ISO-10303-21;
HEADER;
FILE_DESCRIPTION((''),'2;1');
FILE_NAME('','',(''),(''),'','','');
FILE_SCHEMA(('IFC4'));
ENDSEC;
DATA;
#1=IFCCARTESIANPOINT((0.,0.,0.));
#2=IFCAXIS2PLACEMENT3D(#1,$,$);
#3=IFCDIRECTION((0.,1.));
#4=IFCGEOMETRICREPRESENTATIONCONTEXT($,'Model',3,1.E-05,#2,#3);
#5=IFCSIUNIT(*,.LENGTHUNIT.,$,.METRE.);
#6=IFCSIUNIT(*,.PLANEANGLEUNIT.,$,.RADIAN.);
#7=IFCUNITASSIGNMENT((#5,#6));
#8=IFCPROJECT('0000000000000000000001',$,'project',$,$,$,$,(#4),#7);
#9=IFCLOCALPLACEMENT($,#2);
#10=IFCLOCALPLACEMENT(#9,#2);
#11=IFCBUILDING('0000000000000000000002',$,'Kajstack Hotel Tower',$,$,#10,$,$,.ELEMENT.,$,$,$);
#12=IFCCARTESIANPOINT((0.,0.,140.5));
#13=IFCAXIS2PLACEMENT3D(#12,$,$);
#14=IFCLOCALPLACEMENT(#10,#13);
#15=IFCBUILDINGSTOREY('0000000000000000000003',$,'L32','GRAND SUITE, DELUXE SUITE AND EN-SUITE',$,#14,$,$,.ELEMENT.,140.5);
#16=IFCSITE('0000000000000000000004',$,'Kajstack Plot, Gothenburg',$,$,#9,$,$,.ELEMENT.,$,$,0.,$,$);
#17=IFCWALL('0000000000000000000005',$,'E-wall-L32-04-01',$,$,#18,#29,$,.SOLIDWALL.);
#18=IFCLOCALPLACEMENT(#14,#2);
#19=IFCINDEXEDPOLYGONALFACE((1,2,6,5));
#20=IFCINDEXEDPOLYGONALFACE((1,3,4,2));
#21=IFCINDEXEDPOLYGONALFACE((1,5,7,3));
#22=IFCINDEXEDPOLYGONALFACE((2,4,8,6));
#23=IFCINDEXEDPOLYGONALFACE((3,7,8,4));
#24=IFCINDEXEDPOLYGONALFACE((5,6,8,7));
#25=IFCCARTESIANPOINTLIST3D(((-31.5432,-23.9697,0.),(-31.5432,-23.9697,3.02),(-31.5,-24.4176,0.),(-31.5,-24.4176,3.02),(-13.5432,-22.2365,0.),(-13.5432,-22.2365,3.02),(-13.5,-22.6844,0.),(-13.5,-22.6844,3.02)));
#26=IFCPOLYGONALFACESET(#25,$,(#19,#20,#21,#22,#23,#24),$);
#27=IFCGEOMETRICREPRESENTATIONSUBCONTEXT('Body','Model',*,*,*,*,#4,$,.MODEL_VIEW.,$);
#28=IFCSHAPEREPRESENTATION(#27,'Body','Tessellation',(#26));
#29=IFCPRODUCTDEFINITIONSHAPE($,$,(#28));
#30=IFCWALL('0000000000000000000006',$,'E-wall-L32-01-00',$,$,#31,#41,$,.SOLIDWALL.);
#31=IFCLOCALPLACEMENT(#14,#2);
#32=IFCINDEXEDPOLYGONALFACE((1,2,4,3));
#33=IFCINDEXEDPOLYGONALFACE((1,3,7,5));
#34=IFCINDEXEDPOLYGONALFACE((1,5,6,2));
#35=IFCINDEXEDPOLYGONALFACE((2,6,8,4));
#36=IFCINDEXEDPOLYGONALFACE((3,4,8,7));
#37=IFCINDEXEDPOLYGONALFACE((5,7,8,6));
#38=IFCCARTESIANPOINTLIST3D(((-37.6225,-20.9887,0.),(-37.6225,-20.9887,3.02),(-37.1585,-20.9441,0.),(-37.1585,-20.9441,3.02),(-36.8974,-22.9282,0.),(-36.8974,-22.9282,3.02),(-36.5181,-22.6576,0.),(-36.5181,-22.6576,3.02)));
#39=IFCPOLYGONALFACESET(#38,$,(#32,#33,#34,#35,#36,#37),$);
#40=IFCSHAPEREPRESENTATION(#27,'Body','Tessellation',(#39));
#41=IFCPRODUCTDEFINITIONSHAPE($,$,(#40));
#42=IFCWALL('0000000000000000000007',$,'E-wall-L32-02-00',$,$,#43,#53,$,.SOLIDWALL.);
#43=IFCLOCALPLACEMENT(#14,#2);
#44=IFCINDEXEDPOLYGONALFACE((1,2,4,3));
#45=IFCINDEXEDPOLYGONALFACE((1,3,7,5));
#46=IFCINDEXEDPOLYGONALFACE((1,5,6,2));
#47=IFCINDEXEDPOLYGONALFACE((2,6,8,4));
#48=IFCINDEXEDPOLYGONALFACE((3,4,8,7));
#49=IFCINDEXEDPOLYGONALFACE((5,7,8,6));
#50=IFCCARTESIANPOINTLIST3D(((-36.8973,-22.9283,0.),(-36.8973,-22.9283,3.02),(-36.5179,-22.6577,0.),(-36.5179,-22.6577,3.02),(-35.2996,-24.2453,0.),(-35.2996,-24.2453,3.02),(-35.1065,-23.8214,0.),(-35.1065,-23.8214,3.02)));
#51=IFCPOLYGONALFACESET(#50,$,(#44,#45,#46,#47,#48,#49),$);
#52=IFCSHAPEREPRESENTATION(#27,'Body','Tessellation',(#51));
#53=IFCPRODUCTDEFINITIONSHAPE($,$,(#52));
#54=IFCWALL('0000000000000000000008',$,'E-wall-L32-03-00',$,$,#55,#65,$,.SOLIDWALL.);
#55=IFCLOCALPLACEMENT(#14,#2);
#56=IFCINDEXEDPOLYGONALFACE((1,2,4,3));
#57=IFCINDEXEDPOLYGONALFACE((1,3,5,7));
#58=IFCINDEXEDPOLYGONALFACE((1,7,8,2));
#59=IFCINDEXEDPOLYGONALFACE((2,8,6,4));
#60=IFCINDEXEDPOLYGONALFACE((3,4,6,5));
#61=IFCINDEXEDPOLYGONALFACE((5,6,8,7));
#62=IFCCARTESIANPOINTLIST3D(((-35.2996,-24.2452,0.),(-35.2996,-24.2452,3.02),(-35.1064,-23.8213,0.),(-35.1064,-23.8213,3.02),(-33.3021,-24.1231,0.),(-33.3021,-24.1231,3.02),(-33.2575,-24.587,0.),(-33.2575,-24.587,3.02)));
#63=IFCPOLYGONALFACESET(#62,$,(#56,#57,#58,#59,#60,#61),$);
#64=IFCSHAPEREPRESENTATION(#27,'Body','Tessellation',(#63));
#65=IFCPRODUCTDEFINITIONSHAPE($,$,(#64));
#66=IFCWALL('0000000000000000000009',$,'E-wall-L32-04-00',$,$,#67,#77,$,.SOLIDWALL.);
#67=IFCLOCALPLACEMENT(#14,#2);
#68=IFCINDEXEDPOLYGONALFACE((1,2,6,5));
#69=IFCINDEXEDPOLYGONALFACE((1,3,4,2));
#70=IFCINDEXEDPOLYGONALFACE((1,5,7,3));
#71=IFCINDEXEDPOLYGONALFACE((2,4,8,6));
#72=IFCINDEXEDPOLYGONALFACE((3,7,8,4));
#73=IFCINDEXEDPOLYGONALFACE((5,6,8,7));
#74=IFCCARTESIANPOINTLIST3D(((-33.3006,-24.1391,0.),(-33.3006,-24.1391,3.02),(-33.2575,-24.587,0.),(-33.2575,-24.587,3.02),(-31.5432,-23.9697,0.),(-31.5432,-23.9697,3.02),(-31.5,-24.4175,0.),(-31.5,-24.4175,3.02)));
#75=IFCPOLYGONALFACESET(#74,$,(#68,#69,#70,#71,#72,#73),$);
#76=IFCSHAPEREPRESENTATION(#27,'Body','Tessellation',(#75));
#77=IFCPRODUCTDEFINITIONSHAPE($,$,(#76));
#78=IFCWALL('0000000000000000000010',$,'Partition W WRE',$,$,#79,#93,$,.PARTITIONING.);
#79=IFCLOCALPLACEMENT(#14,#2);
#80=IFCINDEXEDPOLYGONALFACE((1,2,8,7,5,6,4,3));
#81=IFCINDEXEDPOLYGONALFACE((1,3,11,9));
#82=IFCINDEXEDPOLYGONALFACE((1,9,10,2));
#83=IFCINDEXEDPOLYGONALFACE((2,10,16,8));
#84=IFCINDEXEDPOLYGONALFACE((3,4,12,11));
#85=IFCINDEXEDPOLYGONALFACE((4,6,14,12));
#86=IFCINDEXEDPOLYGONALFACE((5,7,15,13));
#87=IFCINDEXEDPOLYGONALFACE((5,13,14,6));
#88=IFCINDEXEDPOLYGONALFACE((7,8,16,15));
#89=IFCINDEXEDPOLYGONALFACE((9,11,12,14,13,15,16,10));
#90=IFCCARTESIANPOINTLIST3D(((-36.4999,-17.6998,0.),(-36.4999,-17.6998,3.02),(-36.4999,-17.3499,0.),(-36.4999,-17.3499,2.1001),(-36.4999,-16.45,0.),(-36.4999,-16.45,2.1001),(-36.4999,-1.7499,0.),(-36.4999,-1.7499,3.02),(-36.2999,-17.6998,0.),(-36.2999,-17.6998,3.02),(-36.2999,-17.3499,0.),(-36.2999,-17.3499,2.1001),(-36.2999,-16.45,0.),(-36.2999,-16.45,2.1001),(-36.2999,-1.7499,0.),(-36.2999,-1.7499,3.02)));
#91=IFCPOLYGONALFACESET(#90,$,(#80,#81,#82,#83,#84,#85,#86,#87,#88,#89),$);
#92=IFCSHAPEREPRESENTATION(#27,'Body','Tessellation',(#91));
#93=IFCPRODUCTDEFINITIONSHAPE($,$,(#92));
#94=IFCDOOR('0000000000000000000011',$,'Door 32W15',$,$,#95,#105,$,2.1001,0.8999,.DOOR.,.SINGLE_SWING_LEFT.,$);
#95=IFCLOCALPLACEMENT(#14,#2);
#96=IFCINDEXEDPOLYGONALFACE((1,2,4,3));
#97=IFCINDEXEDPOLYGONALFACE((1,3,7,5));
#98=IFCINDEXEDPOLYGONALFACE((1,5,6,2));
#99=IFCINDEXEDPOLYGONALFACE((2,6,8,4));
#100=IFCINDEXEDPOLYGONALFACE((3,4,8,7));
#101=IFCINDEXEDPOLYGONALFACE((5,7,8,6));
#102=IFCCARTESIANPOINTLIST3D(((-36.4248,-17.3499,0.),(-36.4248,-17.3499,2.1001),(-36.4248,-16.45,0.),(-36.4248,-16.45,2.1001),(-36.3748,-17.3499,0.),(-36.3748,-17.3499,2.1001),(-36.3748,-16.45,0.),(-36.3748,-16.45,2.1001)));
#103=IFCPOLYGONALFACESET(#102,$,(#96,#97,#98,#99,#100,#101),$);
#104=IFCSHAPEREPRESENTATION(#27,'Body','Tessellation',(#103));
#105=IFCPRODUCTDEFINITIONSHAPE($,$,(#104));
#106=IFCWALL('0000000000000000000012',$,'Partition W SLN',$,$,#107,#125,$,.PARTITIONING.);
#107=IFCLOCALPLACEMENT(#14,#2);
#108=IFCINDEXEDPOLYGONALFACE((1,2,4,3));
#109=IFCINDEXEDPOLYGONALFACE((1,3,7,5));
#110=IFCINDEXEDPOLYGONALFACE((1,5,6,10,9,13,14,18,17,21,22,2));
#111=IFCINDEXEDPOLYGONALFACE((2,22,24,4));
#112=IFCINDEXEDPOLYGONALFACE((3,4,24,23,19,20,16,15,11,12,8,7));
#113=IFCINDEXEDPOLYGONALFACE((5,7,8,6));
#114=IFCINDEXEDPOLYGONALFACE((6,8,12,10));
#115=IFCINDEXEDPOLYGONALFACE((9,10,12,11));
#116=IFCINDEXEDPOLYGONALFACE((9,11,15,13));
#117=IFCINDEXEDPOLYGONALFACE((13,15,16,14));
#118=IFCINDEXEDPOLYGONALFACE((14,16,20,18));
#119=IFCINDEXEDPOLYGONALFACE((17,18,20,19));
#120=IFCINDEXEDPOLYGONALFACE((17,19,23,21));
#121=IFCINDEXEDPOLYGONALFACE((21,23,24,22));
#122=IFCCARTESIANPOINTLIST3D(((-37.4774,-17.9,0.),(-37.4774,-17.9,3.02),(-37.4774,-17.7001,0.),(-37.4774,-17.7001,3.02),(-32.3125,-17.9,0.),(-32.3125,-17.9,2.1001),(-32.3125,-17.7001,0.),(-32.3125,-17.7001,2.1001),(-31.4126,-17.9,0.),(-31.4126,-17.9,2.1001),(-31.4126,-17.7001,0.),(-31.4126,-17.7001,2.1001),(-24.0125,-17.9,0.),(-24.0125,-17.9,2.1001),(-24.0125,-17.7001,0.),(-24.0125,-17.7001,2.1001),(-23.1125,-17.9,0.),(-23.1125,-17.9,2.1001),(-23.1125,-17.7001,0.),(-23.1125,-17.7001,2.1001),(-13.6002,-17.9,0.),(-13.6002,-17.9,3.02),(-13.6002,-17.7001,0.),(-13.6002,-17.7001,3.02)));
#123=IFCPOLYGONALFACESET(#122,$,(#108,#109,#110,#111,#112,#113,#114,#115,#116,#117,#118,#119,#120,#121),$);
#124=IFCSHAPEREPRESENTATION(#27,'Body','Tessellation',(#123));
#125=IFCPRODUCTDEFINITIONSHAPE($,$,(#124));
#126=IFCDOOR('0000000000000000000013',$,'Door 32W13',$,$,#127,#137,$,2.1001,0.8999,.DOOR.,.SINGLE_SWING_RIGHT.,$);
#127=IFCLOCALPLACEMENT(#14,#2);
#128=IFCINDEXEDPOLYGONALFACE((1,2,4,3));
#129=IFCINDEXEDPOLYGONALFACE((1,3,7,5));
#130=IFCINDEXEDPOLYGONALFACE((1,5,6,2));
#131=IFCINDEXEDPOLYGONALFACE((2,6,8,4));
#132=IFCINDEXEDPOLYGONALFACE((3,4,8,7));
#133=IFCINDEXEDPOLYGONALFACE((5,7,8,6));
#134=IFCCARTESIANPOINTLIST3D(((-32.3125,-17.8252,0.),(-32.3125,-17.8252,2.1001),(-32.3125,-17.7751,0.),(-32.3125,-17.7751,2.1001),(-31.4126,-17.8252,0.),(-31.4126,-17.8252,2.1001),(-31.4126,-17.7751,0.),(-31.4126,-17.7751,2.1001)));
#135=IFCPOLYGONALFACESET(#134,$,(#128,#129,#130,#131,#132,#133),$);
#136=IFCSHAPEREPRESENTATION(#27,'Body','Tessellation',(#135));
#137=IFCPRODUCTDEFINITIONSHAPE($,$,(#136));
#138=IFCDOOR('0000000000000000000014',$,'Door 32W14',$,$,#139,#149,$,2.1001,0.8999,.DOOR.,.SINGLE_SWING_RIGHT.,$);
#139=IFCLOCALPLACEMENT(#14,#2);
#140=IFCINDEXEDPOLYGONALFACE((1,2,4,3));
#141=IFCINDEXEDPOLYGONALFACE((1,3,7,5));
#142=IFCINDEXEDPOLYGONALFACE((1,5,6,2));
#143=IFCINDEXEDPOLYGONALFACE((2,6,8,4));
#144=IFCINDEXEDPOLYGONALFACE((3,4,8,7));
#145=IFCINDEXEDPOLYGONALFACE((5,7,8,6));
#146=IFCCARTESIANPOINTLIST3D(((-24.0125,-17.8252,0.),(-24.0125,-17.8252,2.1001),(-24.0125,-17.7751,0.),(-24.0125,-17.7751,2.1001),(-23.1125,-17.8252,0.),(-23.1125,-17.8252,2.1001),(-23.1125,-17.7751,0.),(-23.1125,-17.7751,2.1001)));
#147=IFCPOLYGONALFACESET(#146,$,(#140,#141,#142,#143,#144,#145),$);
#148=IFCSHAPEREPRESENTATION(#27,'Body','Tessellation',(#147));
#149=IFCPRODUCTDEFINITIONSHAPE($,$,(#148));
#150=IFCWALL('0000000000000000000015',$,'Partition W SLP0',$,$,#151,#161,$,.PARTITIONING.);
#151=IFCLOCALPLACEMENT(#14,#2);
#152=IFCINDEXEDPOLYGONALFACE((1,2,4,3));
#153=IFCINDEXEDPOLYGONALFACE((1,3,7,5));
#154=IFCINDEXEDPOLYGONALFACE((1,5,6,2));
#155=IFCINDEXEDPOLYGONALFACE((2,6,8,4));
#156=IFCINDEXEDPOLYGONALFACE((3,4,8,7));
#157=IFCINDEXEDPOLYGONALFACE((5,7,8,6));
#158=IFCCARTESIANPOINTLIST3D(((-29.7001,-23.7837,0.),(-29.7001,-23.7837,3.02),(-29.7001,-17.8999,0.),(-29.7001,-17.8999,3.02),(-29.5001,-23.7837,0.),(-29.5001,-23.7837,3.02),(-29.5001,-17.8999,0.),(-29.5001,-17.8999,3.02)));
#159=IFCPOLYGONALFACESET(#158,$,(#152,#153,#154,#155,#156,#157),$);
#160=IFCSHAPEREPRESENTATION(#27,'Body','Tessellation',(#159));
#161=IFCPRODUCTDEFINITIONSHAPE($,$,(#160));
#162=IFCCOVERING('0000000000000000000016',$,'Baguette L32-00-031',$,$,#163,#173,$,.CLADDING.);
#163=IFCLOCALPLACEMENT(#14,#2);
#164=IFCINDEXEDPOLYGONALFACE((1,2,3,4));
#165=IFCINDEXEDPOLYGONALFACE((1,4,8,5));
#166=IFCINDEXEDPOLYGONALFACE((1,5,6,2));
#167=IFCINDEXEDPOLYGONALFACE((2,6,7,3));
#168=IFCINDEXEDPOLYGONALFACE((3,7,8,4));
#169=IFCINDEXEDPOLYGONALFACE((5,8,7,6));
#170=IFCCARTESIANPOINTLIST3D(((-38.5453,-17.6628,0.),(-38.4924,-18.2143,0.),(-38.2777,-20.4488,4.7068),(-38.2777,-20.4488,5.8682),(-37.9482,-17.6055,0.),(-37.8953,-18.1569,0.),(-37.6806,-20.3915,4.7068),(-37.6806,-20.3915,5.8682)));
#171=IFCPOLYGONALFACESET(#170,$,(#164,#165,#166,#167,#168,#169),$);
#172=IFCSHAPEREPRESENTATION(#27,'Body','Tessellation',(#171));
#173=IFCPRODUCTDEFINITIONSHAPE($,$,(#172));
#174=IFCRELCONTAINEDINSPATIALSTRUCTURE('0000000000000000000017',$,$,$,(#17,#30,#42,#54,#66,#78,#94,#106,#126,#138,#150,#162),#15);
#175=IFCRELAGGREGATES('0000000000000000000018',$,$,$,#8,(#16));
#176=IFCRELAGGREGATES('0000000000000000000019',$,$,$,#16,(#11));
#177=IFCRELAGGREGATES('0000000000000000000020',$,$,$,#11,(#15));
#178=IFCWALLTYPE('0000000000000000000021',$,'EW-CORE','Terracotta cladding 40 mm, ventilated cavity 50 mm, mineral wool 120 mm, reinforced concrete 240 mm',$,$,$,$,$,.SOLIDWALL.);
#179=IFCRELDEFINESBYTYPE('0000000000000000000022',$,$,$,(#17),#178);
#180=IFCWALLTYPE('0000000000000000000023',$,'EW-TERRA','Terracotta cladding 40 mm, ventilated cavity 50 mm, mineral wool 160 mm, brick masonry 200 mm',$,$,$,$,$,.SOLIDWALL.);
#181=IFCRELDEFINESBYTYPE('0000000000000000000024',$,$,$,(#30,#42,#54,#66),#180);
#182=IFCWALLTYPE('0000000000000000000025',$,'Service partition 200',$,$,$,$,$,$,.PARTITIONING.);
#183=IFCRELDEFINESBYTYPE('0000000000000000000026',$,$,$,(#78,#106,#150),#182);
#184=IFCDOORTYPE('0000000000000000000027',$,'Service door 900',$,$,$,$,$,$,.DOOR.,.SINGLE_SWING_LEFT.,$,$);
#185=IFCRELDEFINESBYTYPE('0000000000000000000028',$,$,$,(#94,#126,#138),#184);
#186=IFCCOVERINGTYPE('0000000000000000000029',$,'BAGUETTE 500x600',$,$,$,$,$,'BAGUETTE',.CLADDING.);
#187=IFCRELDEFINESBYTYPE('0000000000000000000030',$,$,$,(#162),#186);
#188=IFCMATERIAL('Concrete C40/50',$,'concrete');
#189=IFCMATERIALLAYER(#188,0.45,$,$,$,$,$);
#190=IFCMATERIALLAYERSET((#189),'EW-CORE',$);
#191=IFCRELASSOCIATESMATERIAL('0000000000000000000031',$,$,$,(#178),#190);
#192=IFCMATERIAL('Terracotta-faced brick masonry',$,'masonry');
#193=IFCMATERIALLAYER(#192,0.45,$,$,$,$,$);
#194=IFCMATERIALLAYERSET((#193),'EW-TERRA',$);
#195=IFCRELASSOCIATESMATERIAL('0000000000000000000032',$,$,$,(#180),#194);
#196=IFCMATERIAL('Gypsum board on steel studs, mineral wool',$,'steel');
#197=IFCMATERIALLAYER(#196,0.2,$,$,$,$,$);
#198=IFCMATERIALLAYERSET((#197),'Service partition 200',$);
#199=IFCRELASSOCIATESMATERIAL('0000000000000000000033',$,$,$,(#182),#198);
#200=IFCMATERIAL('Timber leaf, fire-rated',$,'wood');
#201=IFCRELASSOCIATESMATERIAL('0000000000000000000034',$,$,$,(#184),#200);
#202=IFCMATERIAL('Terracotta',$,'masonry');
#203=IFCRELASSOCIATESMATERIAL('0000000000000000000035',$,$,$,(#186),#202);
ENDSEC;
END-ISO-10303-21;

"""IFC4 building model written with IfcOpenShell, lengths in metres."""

from ifc_helpers import new_model, si_unit, direction, frame, frame_2d, origin, origin_2d, place, context, subcontext, project, spatial, polyline, rectangle, outline, extrude, material, layer, layer_set, material_profile, profile_set, type_object, element, fill, save


model = new_model("IFC4")

# Units and contexts
model_context = context("Model", 3, precision=1e-05, world=origin(), true_north=direction((0.0, 1.0)))
body_context = subcontext(model_context, "Body", "Model", "MODEL_VIEW")
ifc_project = project(units=[si_unit("LENGTHUNIT", "METRE"), si_unit("PLANEANGLEUNIT", "RADIAN")], contexts=[model_context])

# Site, building, storey
site_placement = place(None, origin())
site = spatial("IfcSite", under=ifc_project, at=site_placement, Name="Kajstack Plot, Gothenburg", CompositionType="ELEMENT", RefElevation=0.0)
building_placement = place(site_placement, origin())
building = spatial("IfcBuilding", under=site, at=building_placement, Name="Kajstack Hotel Tower", CompositionType="ELEMENT")
storey_placement = place(building_placement, frame((0.0, 0.0, 140.5)))
storey = spatial("IfcBuildingStorey", under=building, at=storey_placement, Name="L32", Description="GRAND SUITE, DELUXE SUITE AND EN-SUITE", CompositionType="ELEMENT", Elevation=140.5)

# Walls
ifc_material_1 = material(Name="Concrete C40/50", Category="concrete")
ifc_layer_1 = layer(ifc_material_1, 0.45)
ifc_layer_set_1 = layer_set([ifc_layer_1], Name="EW-CORE")
wall_type_1 = type_object("IfcWallType", Name="EW-CORE", Description="Terracotta cladding 40 mm, ventilated cavity 50 mm, mineral wool 120 mm, reinforced concrete 240 mm", PredefinedType="SOLIDWALL", material=ifc_layer_set_1)
wall_1_placement = place(storey_placement, frame((-31.5215, -24.1936, 0.0), z_axis=(0.0, 0.0, 1.0), x_axis=(0.995396, 0.095843, 0.0)))
element("IfcWall", 1, at=wall_1_placement, inside=storey, type_object=wall_type_1, Name="E-wall-L32-04-01", PredefinedType="SOLIDWALL", context=body_context, shape_type="SweptSolid", body=[
    extrude(rectangle(XDim=18.0833, YDim=0.45, at=frame_2d((9.0415, 0.0))), origin(), (0.0, 0.0, 1.0), 3.02),
])
ifc_material_2 = material(Name="Terracotta-faced brick masonry", Category="masonry")
ifc_layer_2 = layer(ifc_material_2, 0.45)
ifc_layer_set_2 = layer_set([ifc_layer_2], Name="EW-TERRA")
wall_type_2 = type_object("IfcWallType", Name="EW-TERRA", Description="Terracotta cladding 40 mm, ventilated cavity 50 mm, mineral wool 160 mm, brick masonry 200 mm", PredefinedType="SOLIDWALL", material=ifc_layer_set_2)
for number, where, z_axis, x_axis, name in (
    (2, (-37.4116, -20.9099, 0.0), (0.0, 0.0, 1.0), (0.350193, -0.936678, 0.0), "E-wall-L32-01-00"),
    (3, (-36.7542, -22.7546, 0.0), (0.0, 0.0, 1.0), (0.771651, -0.636046, 0.0), "E-wall-L32-02-00"),
):
    element("IfcWall", number, at=place(storey_placement, frame(where, z_axis=z_axis, x_axis=x_axis)), inside=storey, type_object=wall_type_2, Name=name, PredefinedType="SOLIDWALL", context=body_context, shape_type="SweptSolid", body=[
        extrude(outline(polyline([(0.0, -0.2251), (2.0706, -0.2251), (1.95, 0.2249), (0.1206, 0.2251), (0.0, -0.2251)])), origin(), (0.0, 0.0, 1.0), 3.02),
    ])
wall_2_placement = place(storey_placement, frame((-35.2625, -24.0232, 0.0), z_axis=(0.0, 0.0, 1.0), x_axis=(0.986279, -0.165087, 0.0)))
element("IfcWall", 4, at=wall_2_placement, inside=storey, type_object=wall_type_2, Name="E-wall-L32-03-00", PredefinedType="SOLIDWALL", context=body_context, shape_type="SweptSolid", body=[
    extrude(outline(polyline([(0.0, -0.2251), (2.0706, -0.2251), (1.95, 0.2251), (0.1206, 0.2249), (0.0, -0.2251)])), origin(), (0.0, 0.0, 1.0), 3.02),
])
wall_3_placement = place(storey_placement, frame((-33.2791, -24.363, 0.0), z_axis=(0.0, 0.0, 1.0), x_axis=(0.995385, 0.095957, 0.0)))
element("IfcWall", 5, at=wall_3_placement, inside=storey, type_object=wall_type_2, Name="E-wall-L32-04-00", PredefinedType="SOLIDWALL", context=body_context, shape_type="SweptSolid", body=[
    extrude(rectangle(XDim=1.7656, YDim=0.45, at=frame_2d((0.8828, 0.0))), origin(), (0.0, 0.0, 1.0), 3.02),
])

# Wall, opening, door
ifc_material_3 = material(Name="Gypsum board on steel studs, mineral wool", Category="steel")
ifc_layer_3 = layer(ifc_material_3, 0.2)
ifc_layer_set_3 = layer_set([ifc_layer_3], Name="Service partition 200")
wall_type_3 = type_object("IfcWallType", Name="Service partition 200", PredefinedType="PARTITIONING", material=ifc_layer_set_3)
wall_4_placement = place(storey_placement, frame((-36.3999, -17.7, 0.0), z_axis=(0.0, 0.0, 1.0), x_axis=(0.0, 1.0, 0.0)))
wall_4 = element("IfcWall", 6, at=wall_4_placement, inside=storey, type_object=wall_type_3, Name="Partition W WRE", PredefinedType="PARTITIONING", context=body_context, shape_type="SweptSolid", body=[
    extrude(rectangle(XDim=15.95, YDim=0.2, at=frame_2d((7.9751, 0.0))), origin(), (0.0, 0.0, 1.0), 3.02),
])
opening_1_placement = place(wall_4_placement, frame((0.3501, 0.0, 0.0)))
opening_1 = element("IfcOpeningElement", 7, at=opening_1_placement, cuts=wall_4, PredefinedType="OPENING", context=body_context, shape_type="SweptSolid", body=[
    extrude(rectangle(XDim=0.8999, YDim=2.1001, at=frame_2d((0.45, 1.05))), frame((0.0, 0.1099, 0.0), z_axis=(0.0, -1.0, 0.0), x_axis=(1.0, 0.0, 0.0)), (0.0, 0.0, 1.0), 0.22),
])
ifc_material_4 = material(Name="Timber leaf, fire-rated", Category="wood")
door_type = type_object("IfcDoorType", Name="Service door 900", OperationType="SINGLE_SWING_LEFT", PredefinedType="DOOR", material=ifc_material_4)
door_1_placement = place(opening_1_placement, origin())
door_1 = element("IfcDoor", 8, at=door_1_placement, inside=storey, type_object=door_type, Name="Door 32W15", OperationType="SINGLE_SWING_LEFT", OverallHeight=2.1001, OverallWidth=0.8999, PredefinedType="DOOR", context=body_context, shape_type="SweptSolid", body=[
    extrude(rectangle(XDim=0.8999, YDim=2.1001, at=frame_2d((0.45, 1.05))), frame((0.0, 0.0249, 0.0), z_axis=(0.0, -1.0, 0.0), x_axis=(1.0, 0.0, 0.0)), (0.0, 0.0, 1.0), 0.05),
])
fill(opening_1, door_1)

# Wall, openings, doors
wall_5_placement = place(storey_placement, frame((-37.4773, -17.8, 0.0), z_axis=(0.0, 0.0, 1.0), x_axis=(1.0, 0.0, 0.0)))
wall_5 = element("IfcWall", 9, at=wall_5_placement, inside=storey, type_object=wall_type_3, Name="Partition W SLN", PredefinedType="PARTITIONING", context=body_context, shape_type="SweptSolid", body=[
    extrude(rectangle(XDim=23.8772, YDim=0.2, at=frame_2d((11.9385, 0.0))), origin(), (0.0, 0.0, 1.0), 3.02),
])
opening_2_placement = place(wall_5_placement, frame((5.1648, 0.0, 0.0)))
opening_2 = element("IfcOpeningElement", 10, at=opening_2_placement, cuts=wall_5, PredefinedType="OPENING", context=body_context, shape_type="SweptSolid", body=[
    extrude(rectangle(XDim=0.8999, YDim=2.1001, at=frame_2d((0.45, 1.05))), frame((0.0, 0.1099, 0.0), z_axis=(0.0, -1.0, 0.0), x_axis=(1.0, 0.0, 0.0)), (0.0, 0.0, 1.0), 0.22),
])
opening_3_placement = place(wall_5_placement, frame((13.4648, 0.0, 0.0)))
opening_3 = element("IfcOpeningElement", 11, at=opening_3_placement, cuts=wall_5, PredefinedType="OPENING", context=body_context, shape_type="SweptSolid", body=[
    extrude(rectangle(XDim=0.8999, YDim=2.1001, at=frame_2d((0.45, 1.05))), frame((0.0, 0.1099, 0.0), z_axis=(0.0, -1.0, 0.0), x_axis=(1.0, 0.0, 0.0)), (0.0, 0.0, 1.0), 0.22),
])
door_2_placement = place(opening_2_placement, origin())
door_2 = element("IfcDoor", 12, at=door_2_placement, inside=storey, type_object=door_type, Name="Door 32W13", OperationType="SINGLE_SWING_RIGHT", OverallHeight=2.1001, OverallWidth=0.8999, PredefinedType="DOOR", context=body_context, shape_type="SweptSolid", body=[
    extrude(rectangle(XDim=0.8999, YDim=2.1001, at=frame_2d((0.45, 1.05))), frame((0.0, 0.0249, 0.0), z_axis=(0.0, -1.0, 0.0), x_axis=(1.0, 0.0, 0.0)), (0.0, 0.0, 1.0), 0.05),
])
fill(opening_2, door_2)
door_3_placement = place(opening_3_placement, origin())
door_3 = element("IfcDoor", 13, at=door_3_placement, inside=storey, type_object=door_type, Name="Door 32W14", OperationType="SINGLE_SWING_RIGHT", OverallHeight=2.1001, OverallWidth=0.8999, PredefinedType="DOOR", context=body_context, shape_type="SweptSolid", body=[
    extrude(rectangle(XDim=0.8999, YDim=2.1001, at=frame_2d((0.45, 1.05))), frame((0.0, 0.0249, 0.0), z_axis=(0.0, -1.0, 0.0), x_axis=(1.0, 0.0, 0.0)), (0.0, 0.0, 1.0), 0.05),
])
fill(opening_3, door_3)

# Wall
wall_6_placement = place(storey_placement, frame((-29.6001, -23.7837, 0.0), z_axis=(0.0, 0.0, 1.0), x_axis=(0.0, 1.0, 0.0)))
element("IfcWall", 14, at=wall_6_placement, inside=storey, type_object=wall_type_3, Name="Partition W SLP0", PredefinedType="PARTITIONING", context=body_context, shape_type="SweptSolid", body=[
    extrude(rectangle(XDim=5.8838, YDim=0.2, at=frame_2d((2.9419, 0.0))), origin(), (0.0, 0.0, 1.0), 3.02),
])

# Covering
ifc_material_5 = material(Name="Terracotta", Category="masonry")
ifc_material_profile = material_profile(ifc_material_5, rectangle(XDim=0.6001, YDim=0.5, at=origin_2d()), Name="Terracotta-clad concrete baguette 500 x 600")
ifc_profile_set = profile_set([ifc_material_profile], Name="Terracotta")
covering_type = type_object("IfcCoveringType", Name="BAGUETTE 500x600", ElementType="BAGUETTE", PredefinedType="CLADDING", material=ifc_profile_set)
covering_1_placement = place(storey_placement, frame((-37.9482, -17.6055, 0.0), z_axis=(-0.995416, -0.095635, 0.0), x_axis=(0.095635, -0.995416, 0.0)))
element("IfcCovering", 15, at=covering_1_placement, inside=storey, type_object=covering_type, Name="Baguette L32-00-031", PredefinedType="CLADDING", context=body_context, shape_type="SweptSolid", body=[
    extrude(outline(polyline([(0.554, 0.0), (2.7988, 4.7068), (2.7988, 5.8682), (0.0, 0.0), (0.554, 0.0)])), origin(), (0.0, 0.0, 1.0), 0.5999),
])

save(model, "model.ifc")
